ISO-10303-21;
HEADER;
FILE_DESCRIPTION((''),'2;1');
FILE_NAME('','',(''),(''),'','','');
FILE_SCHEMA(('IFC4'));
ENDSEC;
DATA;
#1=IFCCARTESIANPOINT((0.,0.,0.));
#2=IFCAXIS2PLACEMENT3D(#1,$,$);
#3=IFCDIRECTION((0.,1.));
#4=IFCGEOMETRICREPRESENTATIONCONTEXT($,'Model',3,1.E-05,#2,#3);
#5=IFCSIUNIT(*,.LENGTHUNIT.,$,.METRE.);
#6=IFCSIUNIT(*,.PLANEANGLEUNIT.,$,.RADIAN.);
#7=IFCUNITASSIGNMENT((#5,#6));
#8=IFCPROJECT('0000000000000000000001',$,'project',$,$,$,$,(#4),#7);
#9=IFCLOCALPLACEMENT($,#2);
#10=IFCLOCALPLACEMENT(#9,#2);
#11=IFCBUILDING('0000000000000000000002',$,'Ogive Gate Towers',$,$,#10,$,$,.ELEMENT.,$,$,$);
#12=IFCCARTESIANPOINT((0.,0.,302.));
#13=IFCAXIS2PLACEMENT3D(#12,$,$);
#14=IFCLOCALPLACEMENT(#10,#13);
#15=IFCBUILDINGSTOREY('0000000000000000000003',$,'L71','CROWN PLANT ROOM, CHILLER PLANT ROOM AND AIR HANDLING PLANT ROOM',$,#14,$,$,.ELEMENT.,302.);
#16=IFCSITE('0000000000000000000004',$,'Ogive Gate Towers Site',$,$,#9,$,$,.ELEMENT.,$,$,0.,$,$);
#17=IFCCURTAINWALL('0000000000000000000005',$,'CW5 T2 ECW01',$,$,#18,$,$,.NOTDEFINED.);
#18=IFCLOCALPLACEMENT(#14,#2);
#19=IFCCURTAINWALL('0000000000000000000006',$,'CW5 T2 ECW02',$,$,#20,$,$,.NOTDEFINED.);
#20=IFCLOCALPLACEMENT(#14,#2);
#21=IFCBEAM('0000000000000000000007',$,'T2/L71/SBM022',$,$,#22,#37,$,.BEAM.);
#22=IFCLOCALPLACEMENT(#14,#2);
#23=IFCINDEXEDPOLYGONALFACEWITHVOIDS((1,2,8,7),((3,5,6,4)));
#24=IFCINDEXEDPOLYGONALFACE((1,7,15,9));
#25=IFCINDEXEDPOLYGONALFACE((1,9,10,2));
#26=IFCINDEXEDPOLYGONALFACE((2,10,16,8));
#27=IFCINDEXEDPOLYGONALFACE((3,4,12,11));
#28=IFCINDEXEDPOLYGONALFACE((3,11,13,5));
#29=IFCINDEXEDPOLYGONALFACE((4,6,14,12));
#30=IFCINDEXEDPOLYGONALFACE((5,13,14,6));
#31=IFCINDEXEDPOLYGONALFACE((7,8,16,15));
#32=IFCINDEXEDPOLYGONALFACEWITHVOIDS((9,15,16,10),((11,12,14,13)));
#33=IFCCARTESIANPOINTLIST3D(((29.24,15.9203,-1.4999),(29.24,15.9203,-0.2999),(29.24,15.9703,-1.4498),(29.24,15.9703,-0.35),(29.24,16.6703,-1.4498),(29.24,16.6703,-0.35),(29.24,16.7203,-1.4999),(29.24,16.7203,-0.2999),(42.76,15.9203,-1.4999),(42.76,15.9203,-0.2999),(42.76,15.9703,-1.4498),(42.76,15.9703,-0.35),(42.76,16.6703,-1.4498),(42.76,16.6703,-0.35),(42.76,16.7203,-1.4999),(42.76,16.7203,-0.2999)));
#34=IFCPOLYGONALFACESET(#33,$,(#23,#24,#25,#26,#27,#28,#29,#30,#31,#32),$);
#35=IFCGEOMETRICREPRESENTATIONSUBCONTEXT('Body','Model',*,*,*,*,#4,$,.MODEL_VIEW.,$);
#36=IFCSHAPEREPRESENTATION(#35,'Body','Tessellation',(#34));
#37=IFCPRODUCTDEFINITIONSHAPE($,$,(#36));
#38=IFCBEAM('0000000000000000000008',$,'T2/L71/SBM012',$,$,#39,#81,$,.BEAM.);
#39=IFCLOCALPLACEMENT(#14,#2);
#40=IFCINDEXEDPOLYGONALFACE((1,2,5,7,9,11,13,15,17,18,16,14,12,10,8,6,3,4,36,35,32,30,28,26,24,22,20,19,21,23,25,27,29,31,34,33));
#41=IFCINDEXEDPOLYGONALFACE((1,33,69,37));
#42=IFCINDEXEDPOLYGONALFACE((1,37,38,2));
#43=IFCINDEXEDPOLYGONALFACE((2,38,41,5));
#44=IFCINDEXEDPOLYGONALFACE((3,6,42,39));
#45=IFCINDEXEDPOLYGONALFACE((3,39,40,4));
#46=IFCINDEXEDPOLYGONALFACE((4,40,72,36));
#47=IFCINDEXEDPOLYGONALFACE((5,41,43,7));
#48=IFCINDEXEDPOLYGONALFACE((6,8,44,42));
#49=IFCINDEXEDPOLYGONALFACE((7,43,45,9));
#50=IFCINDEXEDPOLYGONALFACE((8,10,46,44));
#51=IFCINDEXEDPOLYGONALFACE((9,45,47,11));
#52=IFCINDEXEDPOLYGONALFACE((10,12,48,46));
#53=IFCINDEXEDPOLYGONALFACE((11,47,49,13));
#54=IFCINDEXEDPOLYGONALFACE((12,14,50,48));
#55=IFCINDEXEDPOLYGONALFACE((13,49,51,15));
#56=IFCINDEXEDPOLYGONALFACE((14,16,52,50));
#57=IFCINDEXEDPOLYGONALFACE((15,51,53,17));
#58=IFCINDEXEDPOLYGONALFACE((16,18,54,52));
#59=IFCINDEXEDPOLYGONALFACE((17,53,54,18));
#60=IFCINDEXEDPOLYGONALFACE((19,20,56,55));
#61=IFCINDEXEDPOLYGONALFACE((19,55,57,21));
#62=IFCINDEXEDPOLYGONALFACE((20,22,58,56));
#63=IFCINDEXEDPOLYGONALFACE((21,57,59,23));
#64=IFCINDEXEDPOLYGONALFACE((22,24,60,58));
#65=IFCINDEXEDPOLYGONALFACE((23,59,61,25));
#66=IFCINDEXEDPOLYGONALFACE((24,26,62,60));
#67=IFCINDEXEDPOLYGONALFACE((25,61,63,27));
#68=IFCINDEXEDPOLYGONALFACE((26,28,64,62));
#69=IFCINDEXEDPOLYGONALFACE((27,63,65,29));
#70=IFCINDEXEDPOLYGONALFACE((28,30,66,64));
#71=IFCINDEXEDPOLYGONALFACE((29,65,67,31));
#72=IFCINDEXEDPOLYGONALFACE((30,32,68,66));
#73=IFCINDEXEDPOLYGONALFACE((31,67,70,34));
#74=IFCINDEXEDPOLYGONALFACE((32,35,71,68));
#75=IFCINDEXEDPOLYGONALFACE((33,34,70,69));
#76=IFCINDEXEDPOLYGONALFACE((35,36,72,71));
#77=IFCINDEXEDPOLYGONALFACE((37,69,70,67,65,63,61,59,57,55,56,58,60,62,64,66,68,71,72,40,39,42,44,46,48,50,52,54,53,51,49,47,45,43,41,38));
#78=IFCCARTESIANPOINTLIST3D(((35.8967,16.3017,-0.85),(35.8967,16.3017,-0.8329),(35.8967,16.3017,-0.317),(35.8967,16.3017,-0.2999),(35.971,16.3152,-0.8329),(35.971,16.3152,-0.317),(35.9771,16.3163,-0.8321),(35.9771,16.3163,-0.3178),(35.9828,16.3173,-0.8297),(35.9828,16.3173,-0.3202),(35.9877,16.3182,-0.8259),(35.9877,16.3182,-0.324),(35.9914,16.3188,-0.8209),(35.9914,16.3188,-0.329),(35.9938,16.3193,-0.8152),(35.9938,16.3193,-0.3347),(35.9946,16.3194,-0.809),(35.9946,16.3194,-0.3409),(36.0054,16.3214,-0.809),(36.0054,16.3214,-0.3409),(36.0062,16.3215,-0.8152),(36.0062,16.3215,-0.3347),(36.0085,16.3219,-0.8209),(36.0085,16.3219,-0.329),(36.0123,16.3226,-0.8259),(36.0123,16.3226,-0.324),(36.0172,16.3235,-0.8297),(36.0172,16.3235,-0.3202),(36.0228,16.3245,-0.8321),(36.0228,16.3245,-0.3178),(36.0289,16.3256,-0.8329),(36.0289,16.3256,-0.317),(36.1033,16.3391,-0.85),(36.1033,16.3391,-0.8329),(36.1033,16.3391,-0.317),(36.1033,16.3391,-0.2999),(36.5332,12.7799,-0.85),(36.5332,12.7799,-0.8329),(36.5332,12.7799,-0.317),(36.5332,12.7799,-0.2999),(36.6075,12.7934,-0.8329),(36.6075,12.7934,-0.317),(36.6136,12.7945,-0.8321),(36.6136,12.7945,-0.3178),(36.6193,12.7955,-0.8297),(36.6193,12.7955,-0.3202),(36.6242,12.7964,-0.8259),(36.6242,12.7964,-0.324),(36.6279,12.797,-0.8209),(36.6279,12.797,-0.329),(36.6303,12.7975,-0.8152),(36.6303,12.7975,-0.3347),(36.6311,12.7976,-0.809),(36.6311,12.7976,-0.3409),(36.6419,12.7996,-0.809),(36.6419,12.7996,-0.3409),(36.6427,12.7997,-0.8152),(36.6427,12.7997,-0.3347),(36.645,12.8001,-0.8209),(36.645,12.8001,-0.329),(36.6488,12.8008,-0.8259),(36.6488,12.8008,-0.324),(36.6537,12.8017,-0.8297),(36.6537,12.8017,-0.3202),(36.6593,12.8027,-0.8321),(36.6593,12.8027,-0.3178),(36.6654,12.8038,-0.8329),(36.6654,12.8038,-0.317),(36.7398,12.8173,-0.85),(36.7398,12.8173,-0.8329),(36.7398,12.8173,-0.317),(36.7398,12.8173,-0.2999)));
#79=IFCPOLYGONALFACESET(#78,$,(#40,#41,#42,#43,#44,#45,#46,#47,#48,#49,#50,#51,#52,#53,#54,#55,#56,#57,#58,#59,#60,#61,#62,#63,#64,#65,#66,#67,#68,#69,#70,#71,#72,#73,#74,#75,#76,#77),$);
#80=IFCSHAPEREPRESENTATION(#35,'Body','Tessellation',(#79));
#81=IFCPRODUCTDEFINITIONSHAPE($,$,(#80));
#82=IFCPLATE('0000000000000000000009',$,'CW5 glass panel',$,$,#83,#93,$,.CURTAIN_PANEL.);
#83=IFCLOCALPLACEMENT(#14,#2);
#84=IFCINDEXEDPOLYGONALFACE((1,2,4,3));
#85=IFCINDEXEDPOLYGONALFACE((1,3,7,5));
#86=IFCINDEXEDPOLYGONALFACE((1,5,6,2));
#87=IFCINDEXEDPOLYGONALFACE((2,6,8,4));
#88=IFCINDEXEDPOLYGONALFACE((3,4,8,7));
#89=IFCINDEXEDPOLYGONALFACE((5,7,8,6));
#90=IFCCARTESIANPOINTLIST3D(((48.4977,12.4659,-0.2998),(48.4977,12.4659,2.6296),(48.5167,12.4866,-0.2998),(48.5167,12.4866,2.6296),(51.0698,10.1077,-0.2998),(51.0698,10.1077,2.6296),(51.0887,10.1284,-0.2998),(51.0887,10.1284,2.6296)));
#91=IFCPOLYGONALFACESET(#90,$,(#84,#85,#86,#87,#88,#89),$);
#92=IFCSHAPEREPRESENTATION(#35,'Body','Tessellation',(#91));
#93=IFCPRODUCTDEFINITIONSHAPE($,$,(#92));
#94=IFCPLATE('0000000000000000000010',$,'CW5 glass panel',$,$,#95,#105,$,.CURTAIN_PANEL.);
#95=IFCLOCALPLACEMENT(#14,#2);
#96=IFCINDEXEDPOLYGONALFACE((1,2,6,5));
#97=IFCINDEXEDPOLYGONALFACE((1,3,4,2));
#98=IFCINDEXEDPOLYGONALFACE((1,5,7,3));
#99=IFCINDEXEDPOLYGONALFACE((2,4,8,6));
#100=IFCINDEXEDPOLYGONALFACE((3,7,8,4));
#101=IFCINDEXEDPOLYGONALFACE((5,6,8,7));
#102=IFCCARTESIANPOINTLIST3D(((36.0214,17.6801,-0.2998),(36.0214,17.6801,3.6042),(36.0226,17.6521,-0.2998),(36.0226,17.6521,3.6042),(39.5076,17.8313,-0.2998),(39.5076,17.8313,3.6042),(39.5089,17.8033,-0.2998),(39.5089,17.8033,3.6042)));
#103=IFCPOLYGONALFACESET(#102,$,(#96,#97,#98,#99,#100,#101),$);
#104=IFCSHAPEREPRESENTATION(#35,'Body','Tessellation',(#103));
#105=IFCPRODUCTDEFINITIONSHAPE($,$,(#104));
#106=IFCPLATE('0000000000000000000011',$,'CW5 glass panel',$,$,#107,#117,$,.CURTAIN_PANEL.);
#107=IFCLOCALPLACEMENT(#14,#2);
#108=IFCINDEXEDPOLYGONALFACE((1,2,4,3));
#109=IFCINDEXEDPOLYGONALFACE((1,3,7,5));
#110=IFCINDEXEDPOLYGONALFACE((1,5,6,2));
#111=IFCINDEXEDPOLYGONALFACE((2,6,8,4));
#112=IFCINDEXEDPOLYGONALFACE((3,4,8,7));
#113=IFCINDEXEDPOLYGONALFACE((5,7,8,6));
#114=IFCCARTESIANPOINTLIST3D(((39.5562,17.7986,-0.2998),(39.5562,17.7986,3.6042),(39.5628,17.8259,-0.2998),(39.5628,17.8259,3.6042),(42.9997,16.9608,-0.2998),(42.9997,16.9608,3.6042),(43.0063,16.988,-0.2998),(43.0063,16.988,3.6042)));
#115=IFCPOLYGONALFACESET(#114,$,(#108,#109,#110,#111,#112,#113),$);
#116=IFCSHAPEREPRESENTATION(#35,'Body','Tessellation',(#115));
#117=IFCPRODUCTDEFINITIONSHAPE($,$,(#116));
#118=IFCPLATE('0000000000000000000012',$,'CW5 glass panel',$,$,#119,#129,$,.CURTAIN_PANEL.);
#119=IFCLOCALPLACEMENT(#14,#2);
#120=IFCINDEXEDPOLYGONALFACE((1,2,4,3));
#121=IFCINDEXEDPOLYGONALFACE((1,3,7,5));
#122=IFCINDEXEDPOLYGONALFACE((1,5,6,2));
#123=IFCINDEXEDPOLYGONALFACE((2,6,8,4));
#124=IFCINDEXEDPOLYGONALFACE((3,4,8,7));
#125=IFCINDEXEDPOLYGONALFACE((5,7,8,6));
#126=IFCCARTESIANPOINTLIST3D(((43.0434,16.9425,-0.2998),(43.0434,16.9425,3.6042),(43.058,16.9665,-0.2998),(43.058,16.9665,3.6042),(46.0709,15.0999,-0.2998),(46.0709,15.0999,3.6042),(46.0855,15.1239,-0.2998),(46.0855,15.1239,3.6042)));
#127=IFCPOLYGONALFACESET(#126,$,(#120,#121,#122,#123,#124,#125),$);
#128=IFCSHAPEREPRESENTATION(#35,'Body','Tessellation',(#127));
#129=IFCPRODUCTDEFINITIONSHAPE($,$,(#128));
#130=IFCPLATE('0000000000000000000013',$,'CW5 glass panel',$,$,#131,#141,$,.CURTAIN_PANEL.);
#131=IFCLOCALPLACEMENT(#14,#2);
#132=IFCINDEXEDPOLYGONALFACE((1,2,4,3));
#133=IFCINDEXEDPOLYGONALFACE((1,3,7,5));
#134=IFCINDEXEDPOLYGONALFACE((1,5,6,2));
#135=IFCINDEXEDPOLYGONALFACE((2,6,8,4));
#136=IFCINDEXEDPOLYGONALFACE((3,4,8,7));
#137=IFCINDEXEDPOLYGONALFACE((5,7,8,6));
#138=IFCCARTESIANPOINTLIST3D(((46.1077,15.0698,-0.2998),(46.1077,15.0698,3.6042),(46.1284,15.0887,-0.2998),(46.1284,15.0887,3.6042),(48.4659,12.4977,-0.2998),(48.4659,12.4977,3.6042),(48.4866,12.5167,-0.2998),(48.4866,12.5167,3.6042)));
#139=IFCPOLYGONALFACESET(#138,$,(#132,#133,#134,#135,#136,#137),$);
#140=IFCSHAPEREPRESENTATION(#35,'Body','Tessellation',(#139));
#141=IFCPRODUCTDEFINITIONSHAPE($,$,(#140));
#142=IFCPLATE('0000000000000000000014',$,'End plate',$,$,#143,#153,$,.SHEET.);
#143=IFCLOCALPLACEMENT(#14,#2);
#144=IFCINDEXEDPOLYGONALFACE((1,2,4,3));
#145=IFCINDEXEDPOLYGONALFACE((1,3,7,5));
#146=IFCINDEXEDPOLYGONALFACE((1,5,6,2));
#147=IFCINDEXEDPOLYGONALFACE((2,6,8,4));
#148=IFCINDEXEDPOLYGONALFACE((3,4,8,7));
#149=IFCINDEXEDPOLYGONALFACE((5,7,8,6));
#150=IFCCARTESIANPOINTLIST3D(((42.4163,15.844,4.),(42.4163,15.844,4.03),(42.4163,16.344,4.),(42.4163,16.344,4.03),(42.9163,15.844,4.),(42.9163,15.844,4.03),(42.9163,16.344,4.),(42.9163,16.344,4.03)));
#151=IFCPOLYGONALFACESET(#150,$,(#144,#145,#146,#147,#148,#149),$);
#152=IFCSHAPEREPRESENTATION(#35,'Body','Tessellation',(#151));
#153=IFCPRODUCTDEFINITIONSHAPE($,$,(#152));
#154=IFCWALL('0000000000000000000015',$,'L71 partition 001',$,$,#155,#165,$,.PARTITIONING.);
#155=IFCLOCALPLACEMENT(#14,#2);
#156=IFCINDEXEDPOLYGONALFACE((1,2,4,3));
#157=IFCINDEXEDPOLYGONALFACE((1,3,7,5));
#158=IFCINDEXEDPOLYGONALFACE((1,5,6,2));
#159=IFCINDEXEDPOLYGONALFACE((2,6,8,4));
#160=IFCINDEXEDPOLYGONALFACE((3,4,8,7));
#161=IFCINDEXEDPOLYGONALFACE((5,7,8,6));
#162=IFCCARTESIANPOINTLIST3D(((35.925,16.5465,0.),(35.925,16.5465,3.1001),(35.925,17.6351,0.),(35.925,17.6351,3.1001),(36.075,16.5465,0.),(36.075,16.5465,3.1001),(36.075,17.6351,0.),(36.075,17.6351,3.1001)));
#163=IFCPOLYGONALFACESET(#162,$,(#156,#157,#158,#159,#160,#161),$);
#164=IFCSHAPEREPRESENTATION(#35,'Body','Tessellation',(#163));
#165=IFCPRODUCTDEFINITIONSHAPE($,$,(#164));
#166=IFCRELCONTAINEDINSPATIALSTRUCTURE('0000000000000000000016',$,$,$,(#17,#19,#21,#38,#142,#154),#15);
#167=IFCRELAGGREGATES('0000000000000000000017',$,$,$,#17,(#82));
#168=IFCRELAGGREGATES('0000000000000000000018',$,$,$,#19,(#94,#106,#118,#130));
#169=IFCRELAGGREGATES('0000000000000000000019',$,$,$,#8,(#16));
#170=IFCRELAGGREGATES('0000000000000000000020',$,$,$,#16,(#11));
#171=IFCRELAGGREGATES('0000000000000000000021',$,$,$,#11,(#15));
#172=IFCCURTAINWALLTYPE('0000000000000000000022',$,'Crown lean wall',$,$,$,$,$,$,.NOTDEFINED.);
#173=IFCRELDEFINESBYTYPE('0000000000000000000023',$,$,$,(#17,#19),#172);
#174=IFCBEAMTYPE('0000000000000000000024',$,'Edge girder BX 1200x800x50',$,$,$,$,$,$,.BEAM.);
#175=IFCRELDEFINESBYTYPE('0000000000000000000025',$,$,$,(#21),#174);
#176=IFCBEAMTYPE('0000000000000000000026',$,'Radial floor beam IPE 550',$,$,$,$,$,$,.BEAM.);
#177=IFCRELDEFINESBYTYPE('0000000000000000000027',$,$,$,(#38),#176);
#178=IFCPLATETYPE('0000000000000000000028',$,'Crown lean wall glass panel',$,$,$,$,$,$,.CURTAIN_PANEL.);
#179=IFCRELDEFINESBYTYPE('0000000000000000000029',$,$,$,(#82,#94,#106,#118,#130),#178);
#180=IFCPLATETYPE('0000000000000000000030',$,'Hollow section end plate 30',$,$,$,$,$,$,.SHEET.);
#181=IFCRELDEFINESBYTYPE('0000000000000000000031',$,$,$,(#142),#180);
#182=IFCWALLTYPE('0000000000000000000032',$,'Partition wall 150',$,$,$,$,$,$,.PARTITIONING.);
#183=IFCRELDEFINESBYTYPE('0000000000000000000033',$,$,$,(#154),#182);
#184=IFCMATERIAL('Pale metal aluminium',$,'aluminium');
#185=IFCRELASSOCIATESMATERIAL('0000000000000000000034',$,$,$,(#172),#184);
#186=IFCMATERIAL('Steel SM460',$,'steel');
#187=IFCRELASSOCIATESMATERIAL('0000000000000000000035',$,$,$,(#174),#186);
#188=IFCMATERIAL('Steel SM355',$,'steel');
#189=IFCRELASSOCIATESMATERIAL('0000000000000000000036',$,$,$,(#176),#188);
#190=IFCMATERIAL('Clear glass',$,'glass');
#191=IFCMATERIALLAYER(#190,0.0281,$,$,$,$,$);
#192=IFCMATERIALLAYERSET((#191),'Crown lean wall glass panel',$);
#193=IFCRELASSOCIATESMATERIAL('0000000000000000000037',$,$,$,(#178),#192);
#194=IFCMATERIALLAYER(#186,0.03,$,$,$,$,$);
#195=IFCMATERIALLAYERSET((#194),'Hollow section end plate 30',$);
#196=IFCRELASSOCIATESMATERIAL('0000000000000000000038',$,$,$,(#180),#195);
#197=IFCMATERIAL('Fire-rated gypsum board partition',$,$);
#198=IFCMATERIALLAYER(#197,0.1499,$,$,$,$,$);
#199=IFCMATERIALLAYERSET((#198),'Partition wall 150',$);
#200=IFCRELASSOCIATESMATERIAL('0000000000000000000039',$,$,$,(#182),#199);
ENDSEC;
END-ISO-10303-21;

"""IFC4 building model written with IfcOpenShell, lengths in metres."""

from ifc_helpers import new_model, si_unit, direction, frame, frame_2d, origin, origin_2d, place, context, subcontext, project, spatial, polyline, rectangle, hollow_rectangle, i_section, outline, extrude, material, layer, layer_set, material_profile, profile_set, type_object, element, aggregate, save


model = new_model("IFC4")

# Units and contexts
model_context = context("Model", 3, precision=1e-05, world=origin(), true_north=direction((0.0, 1.0)))
body_context = subcontext(model_context, "Body", "Model", "MODEL_VIEW")
ifc_project = project(units=[si_unit("LENGTHUNIT", "METRE"), si_unit("PLANEANGLEUNIT", "RADIAN")], contexts=[model_context])

# Site, building, storey
site_placement = place(None, origin())
site = spatial("IfcSite", under=ifc_project, at=site_placement, Name="Ogive Gate Towers Site", CompositionType="ELEMENT", RefElevation=0.0)
building_placement = place(site_placement, origin())
building = spatial("IfcBuilding", under=site, at=building_placement, Name="Ogive Gate Towers", CompositionType="ELEMENT")
storey_placement = place(building_placement, frame((0.0, 0.0, 302.0)))
storey = spatial("IfcBuildingStorey", under=building, at=storey_placement, Name="L71", Description="CROWN PLANT ROOM, CHILLER PLANT ROOM AND AIR HANDLING PLANT ROOM", CompositionType="ELEMENT", Elevation=302.0)

# Shared definitions
ifc_material_1 = material(Name="Steel SM460", Category="steel")

# Curtain walls
ifc_material_2 = material(Name="Pale metal aluminium", Category="aluminium")
curtain_wall_type = type_object("IfcCurtainWallType", Name="Crown lean wall", PredefinedType="NOTDEFINED", material=ifc_material_2)
curtain_wall_1_placement = place(storey_placement, origin())
curtain_wall_1 = element("IfcCurtainWall", 1, at=curtain_wall_1_placement, inside=storey, type_object=curtain_wall_type, Name="CW5 T2 ECW01", PredefinedType="NOTDEFINED")
curtain_wall_2_placement = place(storey_placement, origin())
curtain_wall_2 = element("IfcCurtainWall", 2, at=curtain_wall_2_placement, inside=storey, type_object=curtain_wall_type, Name="CW5 T2 ECW02", PredefinedType="NOTDEFINED")

# Beams
ifc_material_profile_1 = material_profile(ifc_material_1, hollow_rectangle(XDim=0.8, YDim=1.2, WallThickness=0.05, at=origin_2d()), Name="BX 1200x800x50")
ifc_profile_set_1 = profile_set([ifc_material_profile_1], Name="Steel SM460")
beam_type_1 = type_object("IfcBeamType", Name="Edge girder BX 1200x800x50", PredefinedType="BEAM", material=ifc_profile_set_1)
beam_1_placement = place(storey_placement, frame((42.76, 16.3203, -0.8999), z_axis=(-1.0, 0.0, 0.0), x_axis=(0.0, -1.0, 0.0)))
element("IfcBeam", 3, at=beam_1_placement, inside=storey, type_object=beam_type_1, Name="T2/L71/SBM022", PredefinedType="BEAM", context=body_context, shape_type="SweptSolid", body=[
    extrude(hollow_rectangle(XDim=0.8, YDim=1.2, WallThickness=0.05, at=origin_2d()), origin(), (0.0, 0.0, 1.0), 13.52),
])
ifc_material_3 = material(Name="Steel SM355", Category="steel")
ifc_material_profile_2 = material_profile(ifc_material_3, i_section(OverallWidth=0.21, OverallDepth=0.55, WebThickness=0.011, FlangeThickness=0.0171, FilletRadius=0.0239, at=origin_2d()), Name="IPE 550")
ifc_profile_set_2 = profile_set([ifc_material_profile_2], Name="Steel SM355")
beam_type_2 = type_object("IfcBeamType", Name="Radial floor beam IPE 550", PredefinedType="BEAM", material=ifc_profile_set_2)
beam_2_placement = place(storey_placement, frame((36.6365, 12.7986, -0.575), z_axis=(-0.177847, 0.984058, 0.0), x_axis=(-0.984058, -0.177847, 0.0)))
element("IfcBeam", 4, at=beam_2_placement, inside=storey, type_object=beam_type_2, Name="T2/L71/SBM012", PredefinedType="BEAM", context=body_context, shape_type="SweptSolid", body=[
    extrude(i_section(OverallWidth=0.21, OverallDepth=0.55, WebThickness=0.011, FlangeThickness=0.0171, FilletRadius=0.0239, at=origin_2d()), origin(), (0.0, 0.0, 1.0), 3.5789),
])

# Plates
ifc_material_4 = material(Name="Clear glass", Category="glass")
ifc_layer_1 = layer(ifc_material_4, 0.0281)
ifc_layer_set_1 = layer_set([ifc_layer_1], Name="Crown lean wall glass panel")
plate_type_1 = type_object("IfcPlateType", Name="Crown lean wall glass panel", PredefinedType="CURTAIN_PANEL", material=ifc_layer_set_1)
plate_1_placement = place(storey_placement, frame((49.7932, 11.2971, -0.2998), z_axis=(0.0, 0.0, 1.0), x_axis=(0.737089, -0.675796, 0.0)))
plate_1 = element("IfcPlate", 5, at=plate_1_placement, type_object=plate_type_1, Name="CW5 glass panel", PredefinedType="CURTAIN_PANEL", context=body_context, shape_type="SweptSolid", body=[
    extrude(rectangle(XDim=3.4895, YDim=0.0281, at=origin_2d()), origin(), (0.0, 0.0, 1.0), 2.9294),
])
aggregate(curtain_wall_1, [plate_1])
plate_2_placement = place(storey_placement, frame((37.7651, 17.7417, -0.2998), z_axis=(0.0, 0.0, 1.0), x_axis=(0.99906, 0.04334, 0.0)))
plate_2 = element("IfcPlate", 6, at=plate_2_placement, type_object=plate_type_1, Name="CW5 glass panel", PredefinedType="CURTAIN_PANEL", context=body_context, shape_type="SweptSolid", body=[
    extrude(rectangle(XDim=3.4895, YDim=0.0281, at=origin_2d()), origin(), (0.0, 0.0, 1.0), 3.9041),
])
plate_3_placement = place(storey_placement, frame((41.2812, 17.3933, -0.2998), z_axis=(0.0, 0.0, 1.0), x_axis=(0.971652, -0.236414, 0.0)))
plate_3 = element("IfcPlate", 7, at=plate_3_placement, type_object=plate_type_1, Name="CW5 glass panel", PredefinedType="CURTAIN_PANEL", context=body_context, shape_type="SweptSolid", body=[
    extrude(rectangle(XDim=3.5439, YDim=0.0281, at=origin_2d()), origin(), (0.0, 0.0, 1.0), 3.9041),
])
plate_4_placement = place(storey_placement, frame((44.5645, 16.0332, -0.2998), z_axis=(0.0, 0.0, 1.0), x_axis=(0.854232, -0.519892, 0.0)))
plate_4 = element("IfcPlate", 8, at=plate_4_placement, type_object=plate_type_1, Name="CW5 glass panel", PredefinedType="CURTAIN_PANEL", context=body_context, shape_type="SweptSolid", body=[
    extrude(rectangle(XDim=3.5442, YDim=0.0281, at=origin_2d()), origin(), (0.0, 0.0, 1.0), 3.9041),
])
plate_5_placement = place(storey_placement, frame((47.2971, 13.7932, -0.2998), z_axis=(0.0, 0.0, 1.0), x_axis=(0.675796, -0.737089, 0.0)))
plate_5 = element("IfcPlate", 9, at=plate_5_placement, type_object=plate_type_1, Name="CW5 glass panel", PredefinedType="CURTAIN_PANEL", context=body_context, shape_type="SweptSolid", body=[
    extrude(rectangle(XDim=3.4895, YDim=0.0281, at=origin_2d()), origin(), (0.0, 0.0, 1.0), 3.9041),
])
aggregate(curtain_wall_2, [plate_2, plate_3, plate_4, plate_5])

# Plate
ifc_layer_2 = layer(ifc_material_1, 0.03)
ifc_layer_set_2 = layer_set([ifc_layer_2], Name="Hollow section end plate 30")
plate_type_2 = type_object("IfcPlateType", Name="Hollow section end plate 30", PredefinedType="SHEET", material=ifc_layer_set_2)
plate_6_placement = place(storey_placement, frame((42.4163, 15.844, 4.03), z_axis=(0.0, 0.0, 1.0), x_axis=(1.0, 0.0, 0.0)))
element("IfcPlate", 10, at=plate_6_placement, inside=storey, type_object=plate_type_2, Name="End plate", PredefinedType="SHEET", context=body_context, shape_type="SweptSolid", body=[
    extrude(outline(polyline([(0.0, 0.0), (0.5, 0.0), (0.5, 0.5), (0.0, 0.5), (0.0, 0.0)])), origin(), (0.0, 0.0, -1.0), 0.03),
])

# Wall
ifc_material_5 = material(Name="Fire-rated gypsum board partition")
ifc_layer_3 = layer(ifc_material_5, 0.1499)
ifc_layer_set_3 = layer_set([ifc_layer_3], Name="Partition wall 150")
wall_type = type_object("IfcWallType", Name="Partition wall 150", PredefinedType="PARTITIONING", material=ifc_layer_set_3)
wall_placement = place(storey_placement, frame((36.0, 16.5464, 0.0), z_axis=(0.0, 0.0, 1.0), x_axis=(0.0, 1.0, 0.0)))
element("IfcWall", 11, at=wall_placement, inside=storey, type_object=wall_type, Name="L71 partition 001", PredefinedType="PARTITIONING", context=body_context, shape_type="SweptSolid", body=[
    extrude(rectangle(XDim=1.0886, YDim=0.1499, at=frame_2d((0.5444, 0.0))), origin(), (0.0, 0.0, 1.0), 3.1001),
])

save(model, "model.ifc")
